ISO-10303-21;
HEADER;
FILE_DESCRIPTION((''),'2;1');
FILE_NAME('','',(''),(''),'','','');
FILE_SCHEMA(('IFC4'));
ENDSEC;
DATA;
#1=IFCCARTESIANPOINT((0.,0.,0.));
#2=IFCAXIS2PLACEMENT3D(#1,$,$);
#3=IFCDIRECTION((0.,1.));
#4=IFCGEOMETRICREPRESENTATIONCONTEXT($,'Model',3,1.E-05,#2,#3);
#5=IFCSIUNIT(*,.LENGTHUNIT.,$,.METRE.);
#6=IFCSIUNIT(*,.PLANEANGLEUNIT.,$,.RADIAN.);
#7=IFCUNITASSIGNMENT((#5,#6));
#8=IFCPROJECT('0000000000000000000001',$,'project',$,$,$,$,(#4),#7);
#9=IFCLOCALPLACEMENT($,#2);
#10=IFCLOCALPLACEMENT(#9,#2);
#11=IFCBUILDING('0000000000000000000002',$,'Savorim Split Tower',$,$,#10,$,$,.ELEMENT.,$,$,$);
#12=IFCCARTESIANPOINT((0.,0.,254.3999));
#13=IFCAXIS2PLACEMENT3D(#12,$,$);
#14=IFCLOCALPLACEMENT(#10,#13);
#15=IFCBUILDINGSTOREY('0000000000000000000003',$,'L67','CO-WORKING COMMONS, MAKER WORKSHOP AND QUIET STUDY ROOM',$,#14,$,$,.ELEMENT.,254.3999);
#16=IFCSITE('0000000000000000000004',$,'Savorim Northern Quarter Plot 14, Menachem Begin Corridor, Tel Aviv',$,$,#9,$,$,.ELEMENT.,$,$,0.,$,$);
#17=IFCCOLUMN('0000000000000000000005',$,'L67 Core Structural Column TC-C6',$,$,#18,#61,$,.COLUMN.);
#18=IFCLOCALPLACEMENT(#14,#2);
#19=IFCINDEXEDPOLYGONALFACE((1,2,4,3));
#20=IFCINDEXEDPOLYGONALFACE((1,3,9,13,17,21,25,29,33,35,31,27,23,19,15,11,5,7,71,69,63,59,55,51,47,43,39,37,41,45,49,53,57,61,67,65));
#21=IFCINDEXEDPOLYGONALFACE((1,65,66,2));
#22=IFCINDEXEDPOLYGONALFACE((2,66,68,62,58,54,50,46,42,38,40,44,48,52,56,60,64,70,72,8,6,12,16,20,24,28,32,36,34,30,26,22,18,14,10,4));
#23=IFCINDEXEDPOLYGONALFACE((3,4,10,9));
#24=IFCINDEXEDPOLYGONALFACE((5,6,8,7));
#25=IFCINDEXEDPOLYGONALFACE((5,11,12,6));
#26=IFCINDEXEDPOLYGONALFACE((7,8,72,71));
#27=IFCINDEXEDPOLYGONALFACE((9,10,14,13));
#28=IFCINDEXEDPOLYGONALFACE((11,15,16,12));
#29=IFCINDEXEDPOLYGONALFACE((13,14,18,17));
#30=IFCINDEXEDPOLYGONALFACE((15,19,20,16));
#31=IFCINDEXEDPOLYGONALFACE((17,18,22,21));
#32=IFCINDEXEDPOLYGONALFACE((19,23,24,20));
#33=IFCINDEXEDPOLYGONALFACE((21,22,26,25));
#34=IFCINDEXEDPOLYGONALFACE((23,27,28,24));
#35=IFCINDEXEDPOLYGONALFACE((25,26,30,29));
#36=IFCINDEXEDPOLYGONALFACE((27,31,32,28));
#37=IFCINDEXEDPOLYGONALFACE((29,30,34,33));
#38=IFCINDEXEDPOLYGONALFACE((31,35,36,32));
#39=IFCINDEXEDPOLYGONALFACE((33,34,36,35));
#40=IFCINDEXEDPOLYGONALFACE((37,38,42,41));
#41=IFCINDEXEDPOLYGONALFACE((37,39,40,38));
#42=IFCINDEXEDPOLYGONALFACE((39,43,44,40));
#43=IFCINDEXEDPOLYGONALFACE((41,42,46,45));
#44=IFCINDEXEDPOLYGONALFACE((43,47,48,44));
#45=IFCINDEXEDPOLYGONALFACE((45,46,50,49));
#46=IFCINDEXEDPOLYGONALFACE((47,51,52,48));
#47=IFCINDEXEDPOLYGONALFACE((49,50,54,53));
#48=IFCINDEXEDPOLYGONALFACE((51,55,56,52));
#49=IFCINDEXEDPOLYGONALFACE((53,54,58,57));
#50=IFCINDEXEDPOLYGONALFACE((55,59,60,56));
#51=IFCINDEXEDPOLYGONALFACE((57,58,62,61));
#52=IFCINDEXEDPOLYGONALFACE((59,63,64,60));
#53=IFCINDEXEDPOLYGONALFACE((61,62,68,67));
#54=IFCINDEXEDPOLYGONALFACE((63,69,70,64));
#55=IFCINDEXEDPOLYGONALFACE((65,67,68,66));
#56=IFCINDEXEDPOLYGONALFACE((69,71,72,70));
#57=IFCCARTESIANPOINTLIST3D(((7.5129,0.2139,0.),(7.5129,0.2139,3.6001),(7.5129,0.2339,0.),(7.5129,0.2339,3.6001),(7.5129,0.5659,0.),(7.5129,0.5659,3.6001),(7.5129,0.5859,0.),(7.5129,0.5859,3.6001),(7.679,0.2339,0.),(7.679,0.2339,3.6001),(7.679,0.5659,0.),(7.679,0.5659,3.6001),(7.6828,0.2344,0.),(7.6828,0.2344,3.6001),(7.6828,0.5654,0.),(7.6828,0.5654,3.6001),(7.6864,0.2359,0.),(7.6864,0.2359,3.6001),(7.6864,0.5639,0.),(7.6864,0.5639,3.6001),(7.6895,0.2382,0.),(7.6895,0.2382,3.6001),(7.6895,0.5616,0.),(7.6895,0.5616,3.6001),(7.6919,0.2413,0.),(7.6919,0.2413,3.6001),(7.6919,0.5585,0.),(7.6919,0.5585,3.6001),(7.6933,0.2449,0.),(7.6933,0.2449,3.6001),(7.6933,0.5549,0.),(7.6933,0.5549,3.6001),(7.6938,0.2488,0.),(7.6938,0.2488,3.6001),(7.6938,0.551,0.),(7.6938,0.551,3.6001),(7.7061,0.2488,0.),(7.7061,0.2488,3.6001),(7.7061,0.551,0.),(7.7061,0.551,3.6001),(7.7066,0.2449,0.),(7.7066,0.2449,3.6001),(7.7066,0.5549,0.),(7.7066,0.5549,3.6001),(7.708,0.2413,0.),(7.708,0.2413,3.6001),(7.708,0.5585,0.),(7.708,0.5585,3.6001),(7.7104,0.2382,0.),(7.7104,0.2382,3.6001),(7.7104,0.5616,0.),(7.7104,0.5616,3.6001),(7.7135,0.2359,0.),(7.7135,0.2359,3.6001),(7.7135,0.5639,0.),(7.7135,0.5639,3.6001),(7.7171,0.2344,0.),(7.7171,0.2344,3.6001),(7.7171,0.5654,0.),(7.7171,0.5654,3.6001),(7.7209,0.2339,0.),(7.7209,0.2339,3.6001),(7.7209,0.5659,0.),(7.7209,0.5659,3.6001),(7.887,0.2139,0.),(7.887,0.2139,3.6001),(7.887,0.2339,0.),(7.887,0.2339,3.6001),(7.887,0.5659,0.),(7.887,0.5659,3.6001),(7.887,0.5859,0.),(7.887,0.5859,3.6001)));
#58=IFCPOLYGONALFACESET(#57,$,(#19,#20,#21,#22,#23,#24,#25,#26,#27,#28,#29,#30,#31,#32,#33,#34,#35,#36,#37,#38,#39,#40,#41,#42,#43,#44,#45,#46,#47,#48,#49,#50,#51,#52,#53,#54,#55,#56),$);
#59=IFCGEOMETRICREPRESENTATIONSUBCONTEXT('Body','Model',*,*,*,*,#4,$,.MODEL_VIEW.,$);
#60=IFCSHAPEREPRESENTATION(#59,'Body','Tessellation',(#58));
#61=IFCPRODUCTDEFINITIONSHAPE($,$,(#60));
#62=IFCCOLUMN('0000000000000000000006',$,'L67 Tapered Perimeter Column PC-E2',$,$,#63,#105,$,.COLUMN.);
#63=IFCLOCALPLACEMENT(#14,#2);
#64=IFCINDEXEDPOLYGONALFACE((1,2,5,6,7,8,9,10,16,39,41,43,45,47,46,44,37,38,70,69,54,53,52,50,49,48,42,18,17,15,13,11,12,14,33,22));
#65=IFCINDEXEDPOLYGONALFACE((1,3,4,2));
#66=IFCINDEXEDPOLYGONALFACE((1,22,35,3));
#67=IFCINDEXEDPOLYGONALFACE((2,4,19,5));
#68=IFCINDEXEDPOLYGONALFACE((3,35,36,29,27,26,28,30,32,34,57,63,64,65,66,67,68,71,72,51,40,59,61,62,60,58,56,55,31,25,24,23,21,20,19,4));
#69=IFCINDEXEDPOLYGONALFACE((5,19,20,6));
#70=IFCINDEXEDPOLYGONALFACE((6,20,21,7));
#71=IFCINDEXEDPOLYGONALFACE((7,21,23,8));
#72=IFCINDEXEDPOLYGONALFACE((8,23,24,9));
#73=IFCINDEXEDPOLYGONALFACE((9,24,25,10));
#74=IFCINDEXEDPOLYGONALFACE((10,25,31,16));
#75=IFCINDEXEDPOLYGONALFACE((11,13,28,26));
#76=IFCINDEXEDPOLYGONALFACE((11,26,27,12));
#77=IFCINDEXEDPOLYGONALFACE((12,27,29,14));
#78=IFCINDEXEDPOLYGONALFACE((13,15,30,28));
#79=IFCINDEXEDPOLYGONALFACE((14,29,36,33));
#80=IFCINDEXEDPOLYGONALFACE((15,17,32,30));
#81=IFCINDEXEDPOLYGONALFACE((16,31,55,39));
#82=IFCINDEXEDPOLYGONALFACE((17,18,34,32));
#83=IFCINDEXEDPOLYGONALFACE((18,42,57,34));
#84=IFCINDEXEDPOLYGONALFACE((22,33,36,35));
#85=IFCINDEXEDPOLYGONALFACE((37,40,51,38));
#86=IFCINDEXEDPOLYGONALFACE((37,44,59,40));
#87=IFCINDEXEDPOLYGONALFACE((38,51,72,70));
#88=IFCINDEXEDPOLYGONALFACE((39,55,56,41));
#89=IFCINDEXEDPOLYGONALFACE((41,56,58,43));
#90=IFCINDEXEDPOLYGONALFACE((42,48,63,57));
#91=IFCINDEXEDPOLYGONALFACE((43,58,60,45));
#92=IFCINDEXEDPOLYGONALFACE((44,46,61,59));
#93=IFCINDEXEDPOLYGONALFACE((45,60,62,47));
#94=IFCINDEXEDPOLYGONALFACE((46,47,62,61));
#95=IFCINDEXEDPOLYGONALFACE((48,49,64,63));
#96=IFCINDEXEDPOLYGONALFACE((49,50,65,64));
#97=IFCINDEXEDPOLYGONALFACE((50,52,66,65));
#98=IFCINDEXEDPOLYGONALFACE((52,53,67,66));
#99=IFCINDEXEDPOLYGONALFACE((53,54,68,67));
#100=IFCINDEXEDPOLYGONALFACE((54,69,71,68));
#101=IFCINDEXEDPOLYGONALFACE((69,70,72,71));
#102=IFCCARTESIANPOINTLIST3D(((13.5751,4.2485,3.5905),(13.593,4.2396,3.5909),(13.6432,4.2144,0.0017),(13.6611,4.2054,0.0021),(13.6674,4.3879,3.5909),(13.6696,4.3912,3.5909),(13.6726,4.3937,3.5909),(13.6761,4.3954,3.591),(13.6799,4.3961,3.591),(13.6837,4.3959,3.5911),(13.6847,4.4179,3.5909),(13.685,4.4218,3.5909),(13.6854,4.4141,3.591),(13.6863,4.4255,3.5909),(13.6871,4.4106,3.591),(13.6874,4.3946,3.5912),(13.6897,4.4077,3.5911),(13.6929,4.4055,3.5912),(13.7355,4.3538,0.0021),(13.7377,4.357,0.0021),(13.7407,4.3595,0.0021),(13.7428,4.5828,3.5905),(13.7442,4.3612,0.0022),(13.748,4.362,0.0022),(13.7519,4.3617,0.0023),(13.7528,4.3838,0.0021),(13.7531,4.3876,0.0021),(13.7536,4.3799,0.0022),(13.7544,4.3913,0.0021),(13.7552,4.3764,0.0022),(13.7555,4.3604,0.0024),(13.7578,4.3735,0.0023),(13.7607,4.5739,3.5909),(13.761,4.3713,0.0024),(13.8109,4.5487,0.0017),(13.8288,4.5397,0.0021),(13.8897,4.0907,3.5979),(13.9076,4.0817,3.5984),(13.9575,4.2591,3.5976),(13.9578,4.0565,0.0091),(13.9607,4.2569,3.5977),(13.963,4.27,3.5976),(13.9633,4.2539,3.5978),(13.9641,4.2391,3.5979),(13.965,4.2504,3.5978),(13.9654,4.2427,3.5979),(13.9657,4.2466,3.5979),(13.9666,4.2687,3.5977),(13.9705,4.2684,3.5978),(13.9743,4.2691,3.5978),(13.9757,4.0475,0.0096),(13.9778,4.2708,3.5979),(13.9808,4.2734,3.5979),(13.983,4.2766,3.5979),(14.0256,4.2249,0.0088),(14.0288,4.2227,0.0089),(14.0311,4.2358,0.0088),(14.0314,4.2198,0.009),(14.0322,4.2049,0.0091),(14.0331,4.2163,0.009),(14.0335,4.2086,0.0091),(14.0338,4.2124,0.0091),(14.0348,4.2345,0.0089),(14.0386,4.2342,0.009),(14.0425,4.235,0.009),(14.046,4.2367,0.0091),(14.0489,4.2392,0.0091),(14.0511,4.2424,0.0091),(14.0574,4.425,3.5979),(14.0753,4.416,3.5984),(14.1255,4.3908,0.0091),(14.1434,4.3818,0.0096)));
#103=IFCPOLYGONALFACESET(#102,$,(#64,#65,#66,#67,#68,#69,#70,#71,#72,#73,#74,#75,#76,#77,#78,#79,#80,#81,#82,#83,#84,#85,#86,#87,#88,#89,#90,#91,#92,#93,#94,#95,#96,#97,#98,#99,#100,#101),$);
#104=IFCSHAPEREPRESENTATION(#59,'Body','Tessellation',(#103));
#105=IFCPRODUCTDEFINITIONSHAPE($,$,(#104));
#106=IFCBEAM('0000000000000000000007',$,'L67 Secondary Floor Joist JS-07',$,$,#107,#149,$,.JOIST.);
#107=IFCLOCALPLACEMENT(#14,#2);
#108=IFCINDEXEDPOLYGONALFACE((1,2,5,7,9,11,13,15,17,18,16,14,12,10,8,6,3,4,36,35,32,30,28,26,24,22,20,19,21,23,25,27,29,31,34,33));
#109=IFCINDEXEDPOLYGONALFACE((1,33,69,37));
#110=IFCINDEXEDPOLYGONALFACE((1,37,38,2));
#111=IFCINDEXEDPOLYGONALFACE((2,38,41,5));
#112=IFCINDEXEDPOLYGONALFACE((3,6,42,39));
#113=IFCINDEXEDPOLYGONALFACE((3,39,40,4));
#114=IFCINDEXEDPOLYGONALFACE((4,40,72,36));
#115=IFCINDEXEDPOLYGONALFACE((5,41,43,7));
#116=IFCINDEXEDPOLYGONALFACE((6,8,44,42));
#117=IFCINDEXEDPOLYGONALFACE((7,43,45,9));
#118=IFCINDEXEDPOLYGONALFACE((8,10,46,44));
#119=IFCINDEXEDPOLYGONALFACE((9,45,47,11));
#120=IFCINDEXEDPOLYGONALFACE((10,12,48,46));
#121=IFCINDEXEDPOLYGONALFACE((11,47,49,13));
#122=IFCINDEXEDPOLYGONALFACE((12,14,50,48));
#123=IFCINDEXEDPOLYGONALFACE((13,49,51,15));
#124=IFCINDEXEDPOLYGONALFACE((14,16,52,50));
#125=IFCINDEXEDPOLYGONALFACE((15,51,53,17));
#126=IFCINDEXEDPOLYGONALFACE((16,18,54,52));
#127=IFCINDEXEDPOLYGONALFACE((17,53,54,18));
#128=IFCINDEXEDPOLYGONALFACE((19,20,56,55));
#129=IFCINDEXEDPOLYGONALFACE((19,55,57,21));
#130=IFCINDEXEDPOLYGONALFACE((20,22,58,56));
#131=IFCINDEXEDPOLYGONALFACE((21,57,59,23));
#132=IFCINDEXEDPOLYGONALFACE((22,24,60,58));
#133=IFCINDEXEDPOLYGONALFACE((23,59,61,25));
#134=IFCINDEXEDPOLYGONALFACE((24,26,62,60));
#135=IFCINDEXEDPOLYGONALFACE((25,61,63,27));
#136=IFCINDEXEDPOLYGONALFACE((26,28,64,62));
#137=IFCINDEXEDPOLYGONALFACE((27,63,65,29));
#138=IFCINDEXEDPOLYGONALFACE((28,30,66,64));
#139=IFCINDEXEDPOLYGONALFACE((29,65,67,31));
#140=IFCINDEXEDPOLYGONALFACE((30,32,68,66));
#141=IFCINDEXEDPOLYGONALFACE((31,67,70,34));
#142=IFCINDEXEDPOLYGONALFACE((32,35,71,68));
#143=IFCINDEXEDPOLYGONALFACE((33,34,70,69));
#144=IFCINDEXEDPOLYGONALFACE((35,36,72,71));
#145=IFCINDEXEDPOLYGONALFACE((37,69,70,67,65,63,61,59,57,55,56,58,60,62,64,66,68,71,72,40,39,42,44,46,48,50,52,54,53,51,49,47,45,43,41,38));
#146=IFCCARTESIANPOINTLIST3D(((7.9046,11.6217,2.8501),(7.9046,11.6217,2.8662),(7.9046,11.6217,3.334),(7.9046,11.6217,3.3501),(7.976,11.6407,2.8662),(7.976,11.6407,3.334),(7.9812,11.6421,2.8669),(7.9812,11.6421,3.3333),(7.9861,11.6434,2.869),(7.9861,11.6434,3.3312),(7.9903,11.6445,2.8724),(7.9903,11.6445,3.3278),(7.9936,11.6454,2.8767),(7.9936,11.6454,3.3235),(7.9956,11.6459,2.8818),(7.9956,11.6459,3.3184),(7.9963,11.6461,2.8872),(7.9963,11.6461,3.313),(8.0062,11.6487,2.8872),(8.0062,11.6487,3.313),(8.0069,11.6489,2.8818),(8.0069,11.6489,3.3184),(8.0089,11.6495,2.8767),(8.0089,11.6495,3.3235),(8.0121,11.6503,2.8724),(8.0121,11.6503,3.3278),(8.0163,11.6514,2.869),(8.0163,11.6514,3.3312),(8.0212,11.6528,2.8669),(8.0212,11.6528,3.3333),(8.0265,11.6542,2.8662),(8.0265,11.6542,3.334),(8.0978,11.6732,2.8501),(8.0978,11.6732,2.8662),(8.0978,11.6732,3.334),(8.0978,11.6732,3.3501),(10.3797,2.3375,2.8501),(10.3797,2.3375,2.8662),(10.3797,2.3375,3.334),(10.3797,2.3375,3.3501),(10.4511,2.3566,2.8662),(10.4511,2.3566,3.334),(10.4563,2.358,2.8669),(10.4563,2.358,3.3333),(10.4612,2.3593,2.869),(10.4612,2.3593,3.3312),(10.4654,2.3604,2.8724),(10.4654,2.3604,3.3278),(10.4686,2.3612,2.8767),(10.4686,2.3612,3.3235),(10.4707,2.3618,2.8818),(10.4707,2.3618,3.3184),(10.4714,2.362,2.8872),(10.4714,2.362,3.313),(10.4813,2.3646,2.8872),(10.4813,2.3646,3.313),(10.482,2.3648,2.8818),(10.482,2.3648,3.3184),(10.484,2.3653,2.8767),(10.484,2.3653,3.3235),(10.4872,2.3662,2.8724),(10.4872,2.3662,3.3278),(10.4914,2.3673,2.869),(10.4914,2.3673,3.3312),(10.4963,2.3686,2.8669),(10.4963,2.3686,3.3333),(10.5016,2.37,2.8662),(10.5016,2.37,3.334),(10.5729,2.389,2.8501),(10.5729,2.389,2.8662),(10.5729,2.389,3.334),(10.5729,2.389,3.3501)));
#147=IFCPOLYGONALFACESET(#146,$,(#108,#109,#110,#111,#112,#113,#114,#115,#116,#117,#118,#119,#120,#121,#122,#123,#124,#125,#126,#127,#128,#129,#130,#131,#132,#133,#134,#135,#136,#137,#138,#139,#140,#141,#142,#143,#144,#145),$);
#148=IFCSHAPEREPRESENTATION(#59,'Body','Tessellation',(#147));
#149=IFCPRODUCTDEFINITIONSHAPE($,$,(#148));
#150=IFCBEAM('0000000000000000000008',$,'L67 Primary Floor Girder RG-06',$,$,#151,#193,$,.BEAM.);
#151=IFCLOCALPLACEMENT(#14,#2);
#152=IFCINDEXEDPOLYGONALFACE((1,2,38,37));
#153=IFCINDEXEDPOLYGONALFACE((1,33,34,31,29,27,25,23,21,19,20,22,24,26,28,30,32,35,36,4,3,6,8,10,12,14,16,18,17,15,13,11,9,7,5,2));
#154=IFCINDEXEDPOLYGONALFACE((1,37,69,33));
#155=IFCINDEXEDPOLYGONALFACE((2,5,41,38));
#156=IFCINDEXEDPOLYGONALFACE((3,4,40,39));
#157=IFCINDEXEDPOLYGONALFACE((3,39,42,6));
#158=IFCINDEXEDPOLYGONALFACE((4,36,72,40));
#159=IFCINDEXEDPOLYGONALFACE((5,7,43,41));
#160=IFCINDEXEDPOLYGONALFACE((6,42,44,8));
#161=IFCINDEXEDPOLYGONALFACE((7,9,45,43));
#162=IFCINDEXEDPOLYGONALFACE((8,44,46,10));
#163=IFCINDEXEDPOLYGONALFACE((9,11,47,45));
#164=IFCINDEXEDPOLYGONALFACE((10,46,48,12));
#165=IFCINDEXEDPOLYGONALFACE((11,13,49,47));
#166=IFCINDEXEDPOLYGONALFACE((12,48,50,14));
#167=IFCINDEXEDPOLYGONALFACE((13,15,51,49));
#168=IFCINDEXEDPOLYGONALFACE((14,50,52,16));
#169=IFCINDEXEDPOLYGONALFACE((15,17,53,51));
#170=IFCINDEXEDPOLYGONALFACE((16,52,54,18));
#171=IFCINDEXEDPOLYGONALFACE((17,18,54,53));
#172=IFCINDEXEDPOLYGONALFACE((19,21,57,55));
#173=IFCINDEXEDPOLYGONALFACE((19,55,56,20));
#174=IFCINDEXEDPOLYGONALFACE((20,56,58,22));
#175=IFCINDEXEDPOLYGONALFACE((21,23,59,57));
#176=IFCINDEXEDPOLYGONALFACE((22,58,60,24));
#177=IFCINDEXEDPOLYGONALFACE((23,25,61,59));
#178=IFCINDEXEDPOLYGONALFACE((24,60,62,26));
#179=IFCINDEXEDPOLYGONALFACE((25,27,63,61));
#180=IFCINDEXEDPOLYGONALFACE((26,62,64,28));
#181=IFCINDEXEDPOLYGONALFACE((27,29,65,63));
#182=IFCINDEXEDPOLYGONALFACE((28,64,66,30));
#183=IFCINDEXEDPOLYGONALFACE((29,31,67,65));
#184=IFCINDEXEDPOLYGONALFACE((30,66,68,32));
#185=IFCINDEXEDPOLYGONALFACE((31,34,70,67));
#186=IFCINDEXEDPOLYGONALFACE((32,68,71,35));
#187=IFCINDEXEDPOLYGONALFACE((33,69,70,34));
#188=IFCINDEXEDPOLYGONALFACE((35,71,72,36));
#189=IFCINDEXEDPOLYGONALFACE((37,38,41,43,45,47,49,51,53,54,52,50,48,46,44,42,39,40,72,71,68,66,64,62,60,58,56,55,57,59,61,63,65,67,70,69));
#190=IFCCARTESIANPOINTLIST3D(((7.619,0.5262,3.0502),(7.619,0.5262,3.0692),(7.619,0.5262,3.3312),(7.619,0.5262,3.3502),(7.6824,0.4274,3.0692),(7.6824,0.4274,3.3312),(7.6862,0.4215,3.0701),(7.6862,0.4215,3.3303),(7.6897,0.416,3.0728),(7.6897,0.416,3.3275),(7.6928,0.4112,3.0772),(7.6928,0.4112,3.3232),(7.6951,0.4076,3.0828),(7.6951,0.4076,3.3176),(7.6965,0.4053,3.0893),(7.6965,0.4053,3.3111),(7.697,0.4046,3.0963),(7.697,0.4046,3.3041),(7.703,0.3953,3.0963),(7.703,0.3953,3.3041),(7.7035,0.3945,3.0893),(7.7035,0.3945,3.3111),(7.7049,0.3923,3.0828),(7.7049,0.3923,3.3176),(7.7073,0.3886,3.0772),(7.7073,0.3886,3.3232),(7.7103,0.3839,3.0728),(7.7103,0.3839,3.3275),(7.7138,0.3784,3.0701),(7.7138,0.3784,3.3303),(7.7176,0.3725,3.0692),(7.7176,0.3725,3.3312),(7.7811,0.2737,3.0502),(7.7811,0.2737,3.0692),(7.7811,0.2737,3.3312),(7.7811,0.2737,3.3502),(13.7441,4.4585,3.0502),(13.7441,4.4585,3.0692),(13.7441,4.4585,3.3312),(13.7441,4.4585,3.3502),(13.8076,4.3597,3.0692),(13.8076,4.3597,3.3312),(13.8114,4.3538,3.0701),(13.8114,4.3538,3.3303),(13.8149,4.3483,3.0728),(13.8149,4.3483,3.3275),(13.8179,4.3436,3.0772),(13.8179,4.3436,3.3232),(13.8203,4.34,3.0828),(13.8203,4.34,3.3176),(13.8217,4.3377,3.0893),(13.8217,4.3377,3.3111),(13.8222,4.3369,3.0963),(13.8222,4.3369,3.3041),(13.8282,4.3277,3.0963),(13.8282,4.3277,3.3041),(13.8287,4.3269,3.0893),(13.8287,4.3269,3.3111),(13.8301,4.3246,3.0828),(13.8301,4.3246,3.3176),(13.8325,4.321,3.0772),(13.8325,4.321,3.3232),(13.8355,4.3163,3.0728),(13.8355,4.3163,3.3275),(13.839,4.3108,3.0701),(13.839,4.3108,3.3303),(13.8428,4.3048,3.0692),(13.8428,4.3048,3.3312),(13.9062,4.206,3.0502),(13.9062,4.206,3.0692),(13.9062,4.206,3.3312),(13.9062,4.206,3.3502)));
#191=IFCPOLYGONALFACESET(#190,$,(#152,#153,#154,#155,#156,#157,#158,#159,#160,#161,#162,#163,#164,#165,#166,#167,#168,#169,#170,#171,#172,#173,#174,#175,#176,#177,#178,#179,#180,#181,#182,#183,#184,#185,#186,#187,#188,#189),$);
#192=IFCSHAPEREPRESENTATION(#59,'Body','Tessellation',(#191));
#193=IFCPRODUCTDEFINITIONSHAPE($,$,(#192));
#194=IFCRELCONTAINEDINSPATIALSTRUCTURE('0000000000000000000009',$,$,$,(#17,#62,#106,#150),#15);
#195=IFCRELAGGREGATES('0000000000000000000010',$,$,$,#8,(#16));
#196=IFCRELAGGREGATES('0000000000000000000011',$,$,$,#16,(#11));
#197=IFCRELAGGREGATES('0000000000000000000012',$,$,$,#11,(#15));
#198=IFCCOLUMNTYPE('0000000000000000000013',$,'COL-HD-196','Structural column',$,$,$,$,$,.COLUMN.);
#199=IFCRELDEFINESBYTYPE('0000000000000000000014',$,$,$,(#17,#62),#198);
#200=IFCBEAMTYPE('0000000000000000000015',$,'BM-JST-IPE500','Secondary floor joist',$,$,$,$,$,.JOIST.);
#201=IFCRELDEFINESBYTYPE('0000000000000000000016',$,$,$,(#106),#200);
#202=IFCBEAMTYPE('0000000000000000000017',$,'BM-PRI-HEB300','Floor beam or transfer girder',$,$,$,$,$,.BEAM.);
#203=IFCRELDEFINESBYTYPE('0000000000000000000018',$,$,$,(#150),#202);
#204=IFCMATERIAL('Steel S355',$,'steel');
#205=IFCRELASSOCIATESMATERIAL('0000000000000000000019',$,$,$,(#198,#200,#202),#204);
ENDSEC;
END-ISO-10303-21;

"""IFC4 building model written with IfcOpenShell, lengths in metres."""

from ifc_helpers import new_model, si_unit, direction, frame, origin, origin_2d, place, context, subcontext, project, spatial, i_section, extrude, material, material_profile, profile_set, type_object, element, save


model = new_model("IFC4")

# Units and contexts
model_context = context("Model", 3, precision=1e-05, world=origin(), true_north=direction((0.0, 1.0)))
body_context = subcontext(model_context, "Body", "Model", "MODEL_VIEW")
ifc_project = project(units=[si_unit("LENGTHUNIT", "METRE"), si_unit("PLANEANGLEUNIT", "RADIAN")], contexts=[model_context])

# Site, building, storey
site_placement = place(None, origin())
site = spatial("IfcSite", under=ifc_project, at=site_placement, Name="Savorim Northern Quarter Plot 14, Menachem Begin Corridor, Tel Aviv", CompositionType="ELEMENT", RefElevation=0.0)
building_placement = place(site_placement, origin())
building = spatial("IfcBuilding", under=site, at=building_placement, Name="Savorim Split Tower", CompositionType="ELEMENT")
storey_placement = place(building_placement, frame((0.0, 0.0, 254.3999)))
storey = spatial("IfcBuildingStorey", under=building, at=storey_placement, Name="L67", Description="CO-WORKING COMMONS, MAKER WORKSHOP AND QUIET STUDY ROOM", CompositionType="ELEMENT", Elevation=254.3999)

# Columns
ifc_material_1 = material(Name="Steel S355", Category="steel")
ifc_material_profile_1 = material_profile(ifc_material_1, i_section(OverallWidth=0.374, OverallDepth=0.3721, WebThickness=0.0122, FlangeThickness=0.02, FilletRadius=0.0149, at=origin_2d()), Name="HD 360x196")
ifc_profile_set_1 = profile_set([ifc_material_profile_1], Name="Steel S355")
column_type = type_object("IfcColumnType", Name="COL-HD-196", Description="Structural column", PredefinedType="COLUMN", material=ifc_profile_set_1)
column_1_placement = place(storey_placement, frame((7.7, 0.3999, 0.0), z_axis=(0.0, 0.0, 1.0), x_axis=(1.0, 0.0, 0.0)))
element("IfcColumn", 1, at=column_1_placement, inside=storey, type_object=column_type, Name="L67 Core Structural Column TC-C6", PredefinedType="COLUMN", context=body_context, shape_type="SweptSolid", body=[
    extrude(i_section(OverallWidth=0.374, OverallDepth=0.3721, WebThickness=0.0122, FlangeThickness=0.02, FilletRadius=0.0149, at=origin_2d()), origin(), (0.0, 0.0, 1.0), 3.6001),
])
column_2_placement = place(storey_placement, frame((13.8933, 4.2981, 0.0056), z_axis=(-0.018975, 0.009522, 0.999775), x_axis=(-0.448495, -0.893786, 0.0)))
element("IfcColumn", 2, at=column_2_placement, inside=storey, type_object=column_type, Name="L67 Tapered Perimeter Column PC-E2", PredefinedType="COLUMN", context=body_context, shape_type="SweptSolid", body=[
    extrude(i_section(OverallWidth=0.374, OverallDepth=0.3721, WebThickness=0.0122, FlangeThickness=0.02, FilletRadius=0.0149, at=origin_2d()), origin(), (0.0, 0.0, 1.0), 3.5896),
])

# Beams
ifc_material_profile_2 = material_profile(ifc_material_1, i_section(OverallWidth=0.2, OverallDepth=0.5, WebThickness=0.0103, FlangeThickness=0.0161, FilletRadius=0.021, at=origin_2d()), Name="IPE 500")
ifc_profile_set_2 = profile_set([ifc_material_profile_2], Name="Steel S355")
beam_type_1 = type_object("IfcBeamType", Name="BM-JST-IPE500", Description="Secondary floor joist", PredefinedType="JOIST", material=ifc_profile_set_2)
beam_1_placement = place(storey_placement, frame((10.4763, 2.3633, 3.1001), z_axis=(-0.257596, 0.966253, 0.0), x_axis=(-0.966253, -0.257596, 0.0)))
element("IfcBeam", 3, at=beam_1_placement, inside=storey, type_object=beam_type_1, Name="L67 Secondary Floor Joist JS-07", PredefinedType="JOIST", context=body_context, shape_type="SweptSolid", body=[
    extrude(i_section(OverallWidth=0.2, OverallDepth=0.5, WebThickness=0.0103, FlangeThickness=0.0161, FilletRadius=0.021, at=origin_2d()), origin(), (0.0, 0.0, 1.0), 9.6084),
])
ifc_material_profile_3 = material_profile(ifc_material_1, i_section(OverallWidth=0.3, OverallDepth=0.3, WebThickness=0.011, FlangeThickness=0.019, FilletRadius=0.0271, at=origin_2d()), Name="HEB 300")
ifc_profile_set_3 = profile_set([ifc_material_profile_3], Name="Steel S355")
beam_type_2 = type_object("IfcBeamType", Name="BM-PRI-HEB300", Description="Floor beam or transfer girder", PredefinedType="BEAM", material=ifc_profile_set_3)
beam_2_placement = place(storey_placement, frame((13.8252, 4.3323, 3.2002), z_axis=(-0.841509, -0.540244, 0.0), x_axis=(0.540244, -0.841509, 0.0)))
element("IfcBeam", 4, at=beam_2_placement, inside=storey, type_object=beam_type_2, Name="L67 Primary Floor Girder RG-06", PredefinedType="BEAM", context=body_context, shape_type="SweptSolid", body=[
    extrude(i_section(OverallWidth=0.3, OverallDepth=0.3, WebThickness=0.011, FlangeThickness=0.019, FilletRadius=0.0271, at=origin_2d()), origin(), (0.0, 0.0, 1.0), 7.2788),
])

save(model, "model.ifc")
